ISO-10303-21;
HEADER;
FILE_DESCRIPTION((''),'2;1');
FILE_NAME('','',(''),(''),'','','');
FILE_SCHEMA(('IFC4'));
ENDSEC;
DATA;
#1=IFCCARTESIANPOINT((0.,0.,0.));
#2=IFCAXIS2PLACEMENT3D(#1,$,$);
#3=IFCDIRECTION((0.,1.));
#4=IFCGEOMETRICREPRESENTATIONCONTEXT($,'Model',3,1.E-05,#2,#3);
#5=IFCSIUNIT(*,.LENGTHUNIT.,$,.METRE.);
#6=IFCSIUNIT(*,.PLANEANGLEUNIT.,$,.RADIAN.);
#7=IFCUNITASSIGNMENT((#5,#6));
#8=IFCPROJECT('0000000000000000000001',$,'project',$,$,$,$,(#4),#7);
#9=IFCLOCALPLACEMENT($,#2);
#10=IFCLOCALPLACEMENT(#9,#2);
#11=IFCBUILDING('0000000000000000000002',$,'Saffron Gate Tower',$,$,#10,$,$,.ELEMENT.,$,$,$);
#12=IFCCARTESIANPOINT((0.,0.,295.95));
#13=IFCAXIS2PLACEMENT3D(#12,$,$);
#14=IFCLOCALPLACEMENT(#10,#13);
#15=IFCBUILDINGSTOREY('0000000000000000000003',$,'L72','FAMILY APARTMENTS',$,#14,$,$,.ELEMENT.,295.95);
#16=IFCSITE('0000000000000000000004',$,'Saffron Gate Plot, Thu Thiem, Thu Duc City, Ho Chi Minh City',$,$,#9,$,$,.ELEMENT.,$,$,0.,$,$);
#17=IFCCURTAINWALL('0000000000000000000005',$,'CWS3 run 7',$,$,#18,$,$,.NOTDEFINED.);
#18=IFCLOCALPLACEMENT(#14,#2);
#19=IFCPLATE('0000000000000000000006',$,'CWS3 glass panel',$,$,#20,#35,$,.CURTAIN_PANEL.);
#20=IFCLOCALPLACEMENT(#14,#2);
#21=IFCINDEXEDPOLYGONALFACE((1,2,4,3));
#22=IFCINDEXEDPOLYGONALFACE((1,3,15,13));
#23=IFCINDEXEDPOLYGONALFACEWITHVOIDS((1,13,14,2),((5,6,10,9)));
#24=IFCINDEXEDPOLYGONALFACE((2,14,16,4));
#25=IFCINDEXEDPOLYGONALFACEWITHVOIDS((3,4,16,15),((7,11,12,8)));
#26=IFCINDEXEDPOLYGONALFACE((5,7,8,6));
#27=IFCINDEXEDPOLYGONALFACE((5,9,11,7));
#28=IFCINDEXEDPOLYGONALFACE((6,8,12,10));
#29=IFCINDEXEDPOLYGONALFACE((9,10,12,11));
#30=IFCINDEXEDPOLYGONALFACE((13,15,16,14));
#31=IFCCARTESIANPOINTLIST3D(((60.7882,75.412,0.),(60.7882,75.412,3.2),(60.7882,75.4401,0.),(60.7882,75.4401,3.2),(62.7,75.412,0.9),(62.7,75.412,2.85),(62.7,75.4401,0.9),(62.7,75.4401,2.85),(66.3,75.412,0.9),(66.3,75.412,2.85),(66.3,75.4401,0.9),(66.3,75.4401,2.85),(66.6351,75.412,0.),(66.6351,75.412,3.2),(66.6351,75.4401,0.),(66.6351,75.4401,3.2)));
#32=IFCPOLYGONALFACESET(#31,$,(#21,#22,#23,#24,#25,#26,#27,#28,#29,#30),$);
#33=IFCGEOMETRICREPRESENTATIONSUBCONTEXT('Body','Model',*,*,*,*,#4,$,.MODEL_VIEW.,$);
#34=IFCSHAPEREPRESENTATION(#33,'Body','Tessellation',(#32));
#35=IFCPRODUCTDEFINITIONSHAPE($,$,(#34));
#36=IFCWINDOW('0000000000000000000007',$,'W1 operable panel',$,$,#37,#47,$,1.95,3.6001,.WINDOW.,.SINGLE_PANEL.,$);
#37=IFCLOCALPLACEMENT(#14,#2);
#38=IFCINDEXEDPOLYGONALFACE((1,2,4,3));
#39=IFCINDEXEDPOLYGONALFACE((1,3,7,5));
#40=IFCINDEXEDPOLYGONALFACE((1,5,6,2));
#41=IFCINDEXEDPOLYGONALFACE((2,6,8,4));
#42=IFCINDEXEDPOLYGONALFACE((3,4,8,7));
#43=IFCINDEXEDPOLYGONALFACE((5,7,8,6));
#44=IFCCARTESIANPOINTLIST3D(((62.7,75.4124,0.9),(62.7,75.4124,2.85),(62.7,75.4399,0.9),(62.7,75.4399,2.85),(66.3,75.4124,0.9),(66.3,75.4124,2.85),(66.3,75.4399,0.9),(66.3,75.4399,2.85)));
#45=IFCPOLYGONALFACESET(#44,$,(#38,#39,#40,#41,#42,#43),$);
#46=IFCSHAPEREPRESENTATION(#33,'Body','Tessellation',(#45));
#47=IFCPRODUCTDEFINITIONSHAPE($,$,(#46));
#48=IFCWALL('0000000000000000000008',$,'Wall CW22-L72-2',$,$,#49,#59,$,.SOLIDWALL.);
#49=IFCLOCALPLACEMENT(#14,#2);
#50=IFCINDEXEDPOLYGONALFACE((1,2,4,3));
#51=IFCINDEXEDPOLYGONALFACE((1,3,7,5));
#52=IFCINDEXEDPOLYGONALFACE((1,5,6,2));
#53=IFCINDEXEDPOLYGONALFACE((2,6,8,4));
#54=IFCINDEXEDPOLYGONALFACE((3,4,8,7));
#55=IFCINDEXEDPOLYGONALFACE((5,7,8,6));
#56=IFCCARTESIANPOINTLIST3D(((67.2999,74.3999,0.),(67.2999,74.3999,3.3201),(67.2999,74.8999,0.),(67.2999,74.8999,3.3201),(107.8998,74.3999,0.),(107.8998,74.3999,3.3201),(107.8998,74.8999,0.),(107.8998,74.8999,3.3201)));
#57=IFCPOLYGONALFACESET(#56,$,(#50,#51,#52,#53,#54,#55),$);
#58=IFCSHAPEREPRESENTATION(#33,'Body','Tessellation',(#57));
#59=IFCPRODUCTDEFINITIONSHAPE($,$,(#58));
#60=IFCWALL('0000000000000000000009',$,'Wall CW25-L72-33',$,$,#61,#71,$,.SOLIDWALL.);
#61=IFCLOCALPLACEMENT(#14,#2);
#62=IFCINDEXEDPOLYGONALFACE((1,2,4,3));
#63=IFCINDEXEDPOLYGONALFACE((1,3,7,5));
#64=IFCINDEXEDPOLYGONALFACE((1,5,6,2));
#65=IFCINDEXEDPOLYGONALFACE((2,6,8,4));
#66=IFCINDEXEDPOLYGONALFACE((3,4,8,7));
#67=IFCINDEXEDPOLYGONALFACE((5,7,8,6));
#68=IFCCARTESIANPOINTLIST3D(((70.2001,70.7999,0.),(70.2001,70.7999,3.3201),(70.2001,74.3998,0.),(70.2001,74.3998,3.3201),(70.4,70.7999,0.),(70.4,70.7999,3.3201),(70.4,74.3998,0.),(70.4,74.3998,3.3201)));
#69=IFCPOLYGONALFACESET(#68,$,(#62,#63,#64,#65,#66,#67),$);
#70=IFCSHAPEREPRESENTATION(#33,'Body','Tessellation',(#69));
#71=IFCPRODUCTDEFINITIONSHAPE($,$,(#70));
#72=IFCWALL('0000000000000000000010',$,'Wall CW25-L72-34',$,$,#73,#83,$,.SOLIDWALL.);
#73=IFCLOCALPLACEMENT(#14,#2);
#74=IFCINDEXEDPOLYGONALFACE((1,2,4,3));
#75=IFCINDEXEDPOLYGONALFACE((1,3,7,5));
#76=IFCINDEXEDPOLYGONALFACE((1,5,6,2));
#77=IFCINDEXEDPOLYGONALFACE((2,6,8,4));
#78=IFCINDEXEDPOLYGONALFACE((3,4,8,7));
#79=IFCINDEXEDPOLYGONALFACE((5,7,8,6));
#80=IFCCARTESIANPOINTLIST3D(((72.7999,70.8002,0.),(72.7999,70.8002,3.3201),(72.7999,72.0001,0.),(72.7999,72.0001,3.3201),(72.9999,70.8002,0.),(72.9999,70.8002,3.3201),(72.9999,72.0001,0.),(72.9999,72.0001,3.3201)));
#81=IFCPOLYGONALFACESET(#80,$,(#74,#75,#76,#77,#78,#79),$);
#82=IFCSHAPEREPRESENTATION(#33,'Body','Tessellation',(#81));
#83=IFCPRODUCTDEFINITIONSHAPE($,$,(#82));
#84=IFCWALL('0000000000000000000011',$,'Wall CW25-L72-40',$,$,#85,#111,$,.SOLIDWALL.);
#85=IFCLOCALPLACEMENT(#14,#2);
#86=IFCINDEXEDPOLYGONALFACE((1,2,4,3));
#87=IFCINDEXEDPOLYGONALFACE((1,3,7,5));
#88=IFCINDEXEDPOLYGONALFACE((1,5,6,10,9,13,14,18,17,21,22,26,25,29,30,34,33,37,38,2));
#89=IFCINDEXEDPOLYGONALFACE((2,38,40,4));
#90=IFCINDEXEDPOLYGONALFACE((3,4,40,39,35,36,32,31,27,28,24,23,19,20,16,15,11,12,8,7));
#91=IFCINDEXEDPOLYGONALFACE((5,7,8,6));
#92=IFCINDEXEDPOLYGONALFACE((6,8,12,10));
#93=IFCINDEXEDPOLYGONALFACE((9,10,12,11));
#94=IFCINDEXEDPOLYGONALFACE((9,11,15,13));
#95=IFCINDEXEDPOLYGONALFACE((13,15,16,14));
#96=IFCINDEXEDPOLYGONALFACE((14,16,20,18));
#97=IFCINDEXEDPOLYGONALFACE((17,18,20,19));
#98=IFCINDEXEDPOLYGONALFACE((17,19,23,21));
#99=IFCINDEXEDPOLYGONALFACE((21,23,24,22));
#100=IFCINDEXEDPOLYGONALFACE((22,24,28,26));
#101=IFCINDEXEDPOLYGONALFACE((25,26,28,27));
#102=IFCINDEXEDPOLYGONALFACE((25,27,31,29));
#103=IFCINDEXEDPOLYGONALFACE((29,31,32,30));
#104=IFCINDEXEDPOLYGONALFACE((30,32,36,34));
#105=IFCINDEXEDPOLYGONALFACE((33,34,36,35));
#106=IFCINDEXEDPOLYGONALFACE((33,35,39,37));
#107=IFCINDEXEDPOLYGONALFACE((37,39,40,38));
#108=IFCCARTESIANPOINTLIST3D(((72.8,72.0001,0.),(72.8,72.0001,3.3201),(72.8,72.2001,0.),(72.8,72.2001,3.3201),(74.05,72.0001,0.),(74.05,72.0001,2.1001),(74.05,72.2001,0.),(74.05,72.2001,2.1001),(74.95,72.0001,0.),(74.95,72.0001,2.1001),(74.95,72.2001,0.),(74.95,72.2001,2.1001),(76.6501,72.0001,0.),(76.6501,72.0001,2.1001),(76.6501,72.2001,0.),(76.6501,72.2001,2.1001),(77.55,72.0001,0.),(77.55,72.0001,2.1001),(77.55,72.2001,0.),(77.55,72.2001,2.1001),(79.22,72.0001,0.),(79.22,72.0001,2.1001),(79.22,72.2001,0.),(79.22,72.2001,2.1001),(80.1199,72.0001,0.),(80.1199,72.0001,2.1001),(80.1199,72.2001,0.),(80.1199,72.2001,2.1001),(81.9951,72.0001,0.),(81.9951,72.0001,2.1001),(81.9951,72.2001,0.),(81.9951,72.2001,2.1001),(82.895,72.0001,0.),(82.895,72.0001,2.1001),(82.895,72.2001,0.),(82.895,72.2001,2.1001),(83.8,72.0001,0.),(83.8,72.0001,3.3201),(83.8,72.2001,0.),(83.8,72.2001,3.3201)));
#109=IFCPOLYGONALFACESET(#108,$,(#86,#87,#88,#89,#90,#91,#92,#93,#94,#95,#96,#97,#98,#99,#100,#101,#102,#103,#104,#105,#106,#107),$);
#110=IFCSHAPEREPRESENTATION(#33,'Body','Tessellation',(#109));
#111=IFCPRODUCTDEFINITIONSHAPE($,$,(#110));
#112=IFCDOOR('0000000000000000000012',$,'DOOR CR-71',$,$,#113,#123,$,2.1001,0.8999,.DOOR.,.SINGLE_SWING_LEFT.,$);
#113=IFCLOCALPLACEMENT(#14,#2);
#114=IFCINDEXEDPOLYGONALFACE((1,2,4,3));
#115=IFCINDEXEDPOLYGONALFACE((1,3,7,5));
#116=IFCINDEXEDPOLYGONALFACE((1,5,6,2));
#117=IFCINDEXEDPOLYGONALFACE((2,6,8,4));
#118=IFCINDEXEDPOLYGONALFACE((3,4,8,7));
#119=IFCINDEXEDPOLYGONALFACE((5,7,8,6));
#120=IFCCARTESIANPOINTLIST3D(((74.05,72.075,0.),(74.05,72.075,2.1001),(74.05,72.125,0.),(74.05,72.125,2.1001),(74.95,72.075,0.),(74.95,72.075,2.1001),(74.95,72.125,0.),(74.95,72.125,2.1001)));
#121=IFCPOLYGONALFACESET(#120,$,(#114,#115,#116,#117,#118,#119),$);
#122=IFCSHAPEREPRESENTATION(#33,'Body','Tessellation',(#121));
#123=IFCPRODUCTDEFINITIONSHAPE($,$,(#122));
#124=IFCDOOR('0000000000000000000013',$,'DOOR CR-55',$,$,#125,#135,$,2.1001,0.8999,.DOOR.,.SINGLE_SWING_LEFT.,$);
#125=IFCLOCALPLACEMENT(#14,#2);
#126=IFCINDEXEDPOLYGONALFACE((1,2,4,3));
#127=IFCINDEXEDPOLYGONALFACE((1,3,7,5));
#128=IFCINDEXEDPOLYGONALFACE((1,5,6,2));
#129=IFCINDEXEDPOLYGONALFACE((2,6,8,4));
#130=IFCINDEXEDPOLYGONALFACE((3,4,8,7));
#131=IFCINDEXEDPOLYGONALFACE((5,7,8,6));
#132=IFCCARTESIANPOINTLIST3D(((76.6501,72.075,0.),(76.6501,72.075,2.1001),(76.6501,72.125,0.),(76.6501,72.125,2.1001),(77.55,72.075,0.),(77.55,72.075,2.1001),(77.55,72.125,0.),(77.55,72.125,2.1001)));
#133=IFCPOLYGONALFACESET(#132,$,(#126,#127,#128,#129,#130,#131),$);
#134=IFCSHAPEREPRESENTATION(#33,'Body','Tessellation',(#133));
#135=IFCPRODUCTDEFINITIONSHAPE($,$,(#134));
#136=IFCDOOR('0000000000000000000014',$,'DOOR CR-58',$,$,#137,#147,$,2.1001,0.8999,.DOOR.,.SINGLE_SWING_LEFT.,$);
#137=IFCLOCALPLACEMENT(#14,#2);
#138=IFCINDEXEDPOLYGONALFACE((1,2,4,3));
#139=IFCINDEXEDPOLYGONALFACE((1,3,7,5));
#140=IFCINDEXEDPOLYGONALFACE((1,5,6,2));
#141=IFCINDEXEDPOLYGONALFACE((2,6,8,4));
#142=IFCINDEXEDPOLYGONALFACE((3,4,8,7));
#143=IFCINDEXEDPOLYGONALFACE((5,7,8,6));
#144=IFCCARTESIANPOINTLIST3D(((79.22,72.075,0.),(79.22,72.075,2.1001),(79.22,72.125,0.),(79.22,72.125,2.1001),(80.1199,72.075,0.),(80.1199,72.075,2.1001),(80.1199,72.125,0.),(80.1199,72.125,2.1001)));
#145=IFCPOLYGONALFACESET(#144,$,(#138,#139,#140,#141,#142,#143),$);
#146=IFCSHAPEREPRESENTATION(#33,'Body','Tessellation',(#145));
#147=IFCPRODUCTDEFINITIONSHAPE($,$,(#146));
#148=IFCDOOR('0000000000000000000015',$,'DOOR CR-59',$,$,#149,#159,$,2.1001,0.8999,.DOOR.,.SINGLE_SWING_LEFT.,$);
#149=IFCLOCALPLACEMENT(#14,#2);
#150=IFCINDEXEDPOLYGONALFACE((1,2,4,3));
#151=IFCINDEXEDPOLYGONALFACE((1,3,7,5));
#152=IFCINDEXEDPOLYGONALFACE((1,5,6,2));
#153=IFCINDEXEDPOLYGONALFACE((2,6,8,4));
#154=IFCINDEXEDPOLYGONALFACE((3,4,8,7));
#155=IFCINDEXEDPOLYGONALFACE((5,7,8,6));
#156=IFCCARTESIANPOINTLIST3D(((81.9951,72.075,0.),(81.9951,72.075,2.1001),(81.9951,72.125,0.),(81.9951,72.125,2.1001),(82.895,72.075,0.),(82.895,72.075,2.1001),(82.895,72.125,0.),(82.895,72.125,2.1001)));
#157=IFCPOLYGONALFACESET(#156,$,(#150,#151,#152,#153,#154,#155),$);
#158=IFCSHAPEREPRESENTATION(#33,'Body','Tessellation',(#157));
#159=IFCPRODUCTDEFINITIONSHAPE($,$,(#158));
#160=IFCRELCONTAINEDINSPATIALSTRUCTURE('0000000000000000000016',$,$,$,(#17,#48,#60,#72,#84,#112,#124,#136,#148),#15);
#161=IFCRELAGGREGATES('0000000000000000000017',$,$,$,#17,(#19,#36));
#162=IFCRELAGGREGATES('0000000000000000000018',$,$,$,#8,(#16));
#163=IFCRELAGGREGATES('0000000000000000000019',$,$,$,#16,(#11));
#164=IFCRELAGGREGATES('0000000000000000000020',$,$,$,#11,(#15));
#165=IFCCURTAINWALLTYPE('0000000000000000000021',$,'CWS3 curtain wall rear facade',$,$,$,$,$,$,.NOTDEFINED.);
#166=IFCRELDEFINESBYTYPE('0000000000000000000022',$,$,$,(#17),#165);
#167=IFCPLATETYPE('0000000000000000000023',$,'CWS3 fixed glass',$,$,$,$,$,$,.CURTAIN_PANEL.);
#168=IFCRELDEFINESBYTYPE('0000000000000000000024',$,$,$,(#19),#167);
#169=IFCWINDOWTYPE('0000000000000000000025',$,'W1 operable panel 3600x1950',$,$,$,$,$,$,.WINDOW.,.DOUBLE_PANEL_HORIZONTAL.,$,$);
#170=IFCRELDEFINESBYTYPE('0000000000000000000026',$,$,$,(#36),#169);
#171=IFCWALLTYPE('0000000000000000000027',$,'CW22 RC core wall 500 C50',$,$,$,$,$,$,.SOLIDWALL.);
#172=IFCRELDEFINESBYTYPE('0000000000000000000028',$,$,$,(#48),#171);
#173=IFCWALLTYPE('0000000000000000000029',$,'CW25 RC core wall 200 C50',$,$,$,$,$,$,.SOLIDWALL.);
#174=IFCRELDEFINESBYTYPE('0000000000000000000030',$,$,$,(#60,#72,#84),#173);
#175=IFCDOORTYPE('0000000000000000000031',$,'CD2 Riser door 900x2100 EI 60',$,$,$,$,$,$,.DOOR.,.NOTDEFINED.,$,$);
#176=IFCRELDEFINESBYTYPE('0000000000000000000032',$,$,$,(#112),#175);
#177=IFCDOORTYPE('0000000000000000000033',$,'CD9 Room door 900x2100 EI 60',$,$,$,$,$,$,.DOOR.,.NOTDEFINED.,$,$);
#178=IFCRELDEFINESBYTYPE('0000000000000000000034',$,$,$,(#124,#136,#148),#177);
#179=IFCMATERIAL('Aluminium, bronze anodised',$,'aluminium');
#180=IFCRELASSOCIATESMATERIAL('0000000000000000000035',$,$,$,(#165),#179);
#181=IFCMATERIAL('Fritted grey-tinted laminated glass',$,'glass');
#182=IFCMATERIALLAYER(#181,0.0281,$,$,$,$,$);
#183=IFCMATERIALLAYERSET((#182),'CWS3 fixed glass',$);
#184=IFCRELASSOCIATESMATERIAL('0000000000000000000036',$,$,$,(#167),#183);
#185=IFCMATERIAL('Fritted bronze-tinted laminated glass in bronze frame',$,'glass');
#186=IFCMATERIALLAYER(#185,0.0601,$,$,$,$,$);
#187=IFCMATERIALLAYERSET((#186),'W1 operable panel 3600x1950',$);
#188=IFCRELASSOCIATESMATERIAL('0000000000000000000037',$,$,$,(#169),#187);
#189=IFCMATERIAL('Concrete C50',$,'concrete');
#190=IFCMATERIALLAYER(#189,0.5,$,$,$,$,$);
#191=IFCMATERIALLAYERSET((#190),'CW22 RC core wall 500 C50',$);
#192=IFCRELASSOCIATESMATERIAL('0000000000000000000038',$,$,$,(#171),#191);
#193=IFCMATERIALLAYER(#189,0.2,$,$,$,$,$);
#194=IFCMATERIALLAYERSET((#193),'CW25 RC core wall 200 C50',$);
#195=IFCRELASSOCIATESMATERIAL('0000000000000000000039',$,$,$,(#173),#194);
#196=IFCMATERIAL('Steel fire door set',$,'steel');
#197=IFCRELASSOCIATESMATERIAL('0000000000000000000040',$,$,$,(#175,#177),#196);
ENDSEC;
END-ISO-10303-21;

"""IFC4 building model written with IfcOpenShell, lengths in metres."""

from ifc_helpers import new_model, si_unit, direction, frame, frame_2d, origin, place, context, subcontext, project, spatial, rectangle, extrude, material, layer, layer_set, type_object, element, fill, aggregate, save


model = new_model("IFC4")

# Units and contexts
model_context = context("Model", 3, precision=1e-05, world=origin(), true_north=direction((0.0, 1.0)))
body_context = subcontext(model_context, "Body", "Model", "MODEL_VIEW")
ifc_project = project(units=[si_unit("LENGTHUNIT", "METRE"), si_unit("PLANEANGLEUNIT", "RADIAN")], contexts=[model_context])

# Site, building, storey
site_placement = place(None, origin())
site = spatial("IfcSite", under=ifc_project, at=site_placement, Name="Saffron Gate Plot, Thu Thiem, Thu Duc City, Ho Chi Minh City", CompositionType="ELEMENT", RefElevation=0.0)
building_placement = place(site_placement, origin())
building = spatial("IfcBuilding", under=site, at=building_placement, Name="Saffron Gate Tower", CompositionType="ELEMENT")
storey_placement = place(building_placement, frame((0.0, 0.0, 295.95)))
storey = spatial("IfcBuildingStorey", under=building, at=storey_placement, Name="L72", Description="FAMILY APARTMENTS", CompositionType="ELEMENT", Elevation=295.95)

# Curtain wall, plate, opening, window
ifc_material_1 = material(Name="Aluminium, bronze anodised", Category="aluminium")
curtain_wall_type = type_object("IfcCurtainWallType", Name="CWS3 curtain wall rear facade", PredefinedType="NOTDEFINED", material=ifc_material_1)
curtain_wall_placement = place(storey_placement, origin())
curtain_wall = element("IfcCurtainWall", 1, at=curtain_wall_placement, inside=storey, type_object=curtain_wall_type, Name="CWS3 run 7", PredefinedType="NOTDEFINED")
ifc_material_2 = material(Name="Fritted grey-tinted laminated glass", Category="glass")
ifc_layer_1 = layer(ifc_material_2, 0.0281)
ifc_layer_set_1 = layer_set([ifc_layer_1], Name="CWS3 fixed glass")
plate_type = type_object("IfcPlateType", Name="CWS3 fixed glass", PredefinedType="CURTAIN_PANEL", material=ifc_layer_set_1)
plate_placement = place(storey_placement, frame((66.635, 75.426, 0.0), z_axis=(0.0, 0.0, 1.0), x_axis=(-1.0, 0.0, 0.0)))
plate = element("IfcPlate", 2, at=plate_placement, type_object=plate_type, Name="CWS3 glass panel", PredefinedType="CURTAIN_PANEL", context=body_context, shape_type="SweptSolid", body=[
    extrude(rectangle(XDim=5.8469, YDim=0.0281, at=frame_2d((2.9233, 0.0))), origin(), (0.0, 0.0, 1.0), 3.2),
])
opening_1_placement = place(plate_placement, frame((0.335, 0.0, 0.8999)))
opening_1 = element("IfcOpeningElement", 3, at=opening_1_placement, cuts=plate, PredefinedType="OPENING", context=body_context, shape_type="SweptSolid", body=[
    extrude(rectangle(XDim=3.6001, YDim=1.95, at=frame_2d((1.8, 0.9751))), frame((0.0, 0.0239, 0.0), z_axis=(0.0, -1.0, 0.0), x_axis=(1.0, 0.0, 0.0)), (0.0, 0.0, 1.0), 0.0481),
])
ifc_material_3 = material(Name="Fritted bronze-tinted laminated glass in bronze frame", Category="glass")
ifc_layer_2 = layer(ifc_material_3, 0.0601)
ifc_layer_set_2 = layer_set([ifc_layer_2], Name="W1 operable panel 3600x1950")
window_type = type_object("IfcWindowType", Name="W1 operable panel 3600x1950", PartitioningType="DOUBLE_PANEL_HORIZONTAL", PredefinedType="WINDOW", material=ifc_layer_set_2)
window_placement = place(opening_1_placement, origin())
window = element("IfcWindow", 4, at=window_placement, type_object=window_type, Name="W1 operable panel", OverallHeight=1.95, OverallWidth=3.6001, PartitioningType="SINGLE_PANEL", PredefinedType="WINDOW", context=body_context, shape_type="SweptSolid", body=[
    extrude(rectangle(XDim=3.6001, YDim=1.95, at=frame_2d((1.8, 0.9751))), frame((0.0, 0.0137, 0.0), z_axis=(0.0, -1.0, 0.0), x_axis=(1.0, 0.0, 0.0)), (0.0, 0.0, 1.0), 0.0276),
])
fill(opening_1, window)
aggregate(curtain_wall, [plate, window])

# Walls
ifc_material_4 = material(Name="Concrete C50", Category="concrete")
ifc_layer_3 = layer(ifc_material_4, 0.5)
ifc_layer_set_3 = layer_set([ifc_layer_3], Name="CW22 RC core wall 500 C50")
wall_type_1 = type_object("IfcWallType", Name="CW22 RC core wall 500 C50", PredefinedType="SOLIDWALL", material=ifc_layer_set_3)
wall_1_placement = place(storey_placement, frame((67.3, 74.6499, 0.0), z_axis=(0.0, 0.0, 1.0), x_axis=(1.0, 0.0, 0.0)))
element("IfcWall", 5, at=wall_1_placement, inside=storey, type_object=wall_type_1, Name="Wall CW22-L72-2", PredefinedType="SOLIDWALL", context=body_context, shape_type="SweptSolid", body=[
    extrude(rectangle(XDim=40.5999, YDim=0.5, at=frame_2d((20.2998, 0.0))), origin(), (0.0, 0.0, 1.0), 3.3201),
])
ifc_layer_4 = layer(ifc_material_4, 0.2)
ifc_layer_set_4 = layer_set([ifc_layer_4], Name="CW25 RC core wall 200 C50")
wall_type_2 = type_object("IfcWallType", Name="CW25 RC core wall 200 C50", PredefinedType="SOLIDWALL", material=ifc_layer_set_4)
wall_2_placement = place(storey_placement, frame((70.3, 70.8, 0.0), z_axis=(0.0, 0.0, 1.0), x_axis=(0.0, 1.0, 0.0)))
element("IfcWall", 6, at=wall_2_placement, inside=storey, type_object=wall_type_2, Name="Wall CW25-L72-33", PredefinedType="SOLIDWALL", context=body_context, shape_type="SweptSolid", body=[
    extrude(rectangle(XDim=3.5999, YDim=0.2, at=frame_2d((1.7998, 0.0))), origin(), (0.0, 0.0, 1.0), 3.3201),
])
wall_3_placement = place(storey_placement, frame((72.8999, 70.8, 0.0), z_axis=(0.0, 0.0, 1.0), x_axis=(0.0, 1.0, 0.0)))
element("IfcWall", 7, at=wall_3_placement, inside=storey, type_object=wall_type_2, Name="Wall CW25-L72-34", PredefinedType="SOLIDWALL", context=body_context, shape_type="SweptSolid", body=[
    extrude(rectangle(XDim=1.2, YDim=0.2, at=frame_2d((0.6001, 0.0))), origin(), (0.0, 0.0, 1.0), 3.3201),
])

# Wall, openings, doors
wall_4_placement = place(storey_placement, frame((72.8, 72.1001, 0.0), z_axis=(0.0, 0.0, 1.0), x_axis=(1.0, 0.0, 0.0)))
wall_4 = element("IfcWall", 8, at=wall_4_placement, inside=storey, type_object=wall_type_2, Name="Wall CW25-L72-40", PredefinedType="SOLIDWALL", context=body_context, shape_type="SweptSolid", body=[
    extrude(rectangle(XDim=11.0, YDim=0.2, at=frame_2d((5.5, 0.0))), origin(), (0.0, 0.0, 1.0), 3.3201),
])
opening_2_placement = place(wall_4_placement, frame((1.25, 0.0, 0.0)))
opening_2 = element("IfcOpeningElement", 9, at=opening_2_placement, cuts=wall_4, PredefinedType="OPENING", context=body_context, shape_type="SweptSolid", body=[
    extrude(rectangle(XDim=0.8999, YDim=2.1001, at=frame_2d((0.45, 1.05))), frame((0.0, 0.1099, 0.0), z_axis=(0.0, -1.0, 0.0), x_axis=(1.0, 0.0, 0.0)), (0.0, 0.0, 1.0), 0.22),
])
opening_3_placement = place(wall_4_placement, frame((3.8501, 0.0, 0.0)))
opening_3 = element("IfcOpeningElement", 10, at=opening_3_placement, cuts=wall_4, PredefinedType="OPENING", context=body_context, shape_type="SweptSolid", body=[
    extrude(rectangle(XDim=0.8999, YDim=2.1001, at=frame_2d((0.45, 1.05))), frame((0.0, 0.1099, 0.0), z_axis=(0.0, -1.0, 0.0), x_axis=(1.0, 0.0, 0.0)), (0.0, 0.0, 1.0), 0.22),
])
opening_4_placement = place(wall_4_placement, frame((6.4199, 0.0, 0.0)))
opening_4 = element("IfcOpeningElement", 11, at=opening_4_placement, cuts=wall_4, PredefinedType="OPENING", context=body_context, shape_type="SweptSolid", body=[
    extrude(rectangle(XDim=0.8999, YDim=2.1001, at=frame_2d((0.45, 1.05))), frame((0.0, 0.1099, 0.0), z_axis=(0.0, -1.0, 0.0), x_axis=(1.0, 0.0, 0.0)), (0.0, 0.0, 1.0), 0.22),
])
opening_5_placement = place(wall_4_placement, frame((9.1951, 0.0, 0.0)))
opening_5 = element("IfcOpeningElement", 12, at=opening_5_placement, cuts=wall_4, PredefinedType="OPENING", context=body_context, shape_type="SweptSolid", body=[
    extrude(rectangle(XDim=0.8999, YDim=2.1001, at=frame_2d((0.45, 1.05))), frame((0.0, 0.1099, 0.0), z_axis=(0.0, -1.0, 0.0), x_axis=(1.0, 0.0, 0.0)), (0.0, 0.0, 1.0), 0.22),
])
ifc_material_5 = material(Name="Steel fire door set", Category="steel")
door_type_1 = type_object("IfcDoorType", Name="CD2 Riser door 900x2100 EI 60", OperationType="NOTDEFINED", PredefinedType="DOOR", material=ifc_material_5)
door_1_placement = place(opening_2_placement, origin())
door_1 = element("IfcDoor", 13, at=door_1_placement, inside=storey, type_object=door_type_1, Name="DOOR CR-71", OperationType="SINGLE_SWING_LEFT", OverallHeight=2.1001, OverallWidth=0.8999, PredefinedType="DOOR", context=body_context, shape_type="SweptSolid", body=[
    extrude(rectangle(XDim=0.8999, YDim=2.1001, at=frame_2d((0.45, 1.05))), frame((0.0, 0.0249, 0.0), z_axis=(0.0, -1.0, 0.0), x_axis=(1.0, 0.0, 0.0)), (0.0, 0.0, 1.0), 0.05),
])
fill(opening_2, door_1)
door_type_2 = type_object("IfcDoorType", Name="CD9 Room door 900x2100 EI 60", OperationType="NOTDEFINED", PredefinedType="DOOR", material=ifc_material_5)
door_2_placement = place(opening_3_placement, origin())
door_2 = element("IfcDoor", 14, at=door_2_placement, inside=storey, type_object=door_type_2, Name="DOOR CR-55", OperationType="SINGLE_SWING_LEFT", OverallHeight=2.1001, OverallWidth=0.8999, PredefinedType="DOOR", context=body_context, shape_type="SweptSolid", body=[
    extrude(rectangle(XDim=0.8999, YDim=2.1001, at=frame_2d((0.45, 1.05))), frame((0.0, 0.0249, 0.0), z_axis=(0.0, -1.0, 0.0), x_axis=(1.0, 0.0, 0.0)), (0.0, 0.0, 1.0), 0.05),
])
fill(opening_3, door_2)
door_3_placement = place(opening_4_placement, origin())
door_3 = element("IfcDoor", 15, at=door_3_placement, inside=storey, type_object=door_type_2, Name="DOOR CR-58", OperationType="SINGLE_SWING_LEFT", OverallHeight=2.1001, OverallWidth=0.8999, PredefinedType="DOOR", context=body_context, shape_type="SweptSolid", body=[
    extrude(rectangle(XDim=0.8999, YDim=2.1001, at=frame_2d((0.45, 1.05))), frame((0.0, 0.0249, 0.0), z_axis=(0.0, -1.0, 0.0), x_axis=(1.0, 0.0, 0.0)), (0.0, 0.0, 1.0), 0.05),
])
fill(opening_4, door_3)
door_4_placement = place(opening_5_placement, origin())
door_4 = element("IfcDoor", 16, at=door_4_placement, inside=storey, type_object=door_type_2, Name="DOOR CR-59", OperationType="SINGLE_SWING_LEFT", OverallHeight=2.1001, OverallWidth=0.8999, PredefinedType="DOOR", context=body_context, shape_type="SweptSolid", body=[
    extrude(rectangle(XDim=0.8999, YDim=2.1001, at=frame_2d((0.45, 1.05))), frame((0.0, 0.0249, 0.0), z_axis=(0.0, -1.0, 0.0), x_axis=(1.0, 0.0, 0.0)), (0.0, 0.0, 1.0), 0.05),
])
fill(opening_5, door_4)

save(model, "model.ifc")
